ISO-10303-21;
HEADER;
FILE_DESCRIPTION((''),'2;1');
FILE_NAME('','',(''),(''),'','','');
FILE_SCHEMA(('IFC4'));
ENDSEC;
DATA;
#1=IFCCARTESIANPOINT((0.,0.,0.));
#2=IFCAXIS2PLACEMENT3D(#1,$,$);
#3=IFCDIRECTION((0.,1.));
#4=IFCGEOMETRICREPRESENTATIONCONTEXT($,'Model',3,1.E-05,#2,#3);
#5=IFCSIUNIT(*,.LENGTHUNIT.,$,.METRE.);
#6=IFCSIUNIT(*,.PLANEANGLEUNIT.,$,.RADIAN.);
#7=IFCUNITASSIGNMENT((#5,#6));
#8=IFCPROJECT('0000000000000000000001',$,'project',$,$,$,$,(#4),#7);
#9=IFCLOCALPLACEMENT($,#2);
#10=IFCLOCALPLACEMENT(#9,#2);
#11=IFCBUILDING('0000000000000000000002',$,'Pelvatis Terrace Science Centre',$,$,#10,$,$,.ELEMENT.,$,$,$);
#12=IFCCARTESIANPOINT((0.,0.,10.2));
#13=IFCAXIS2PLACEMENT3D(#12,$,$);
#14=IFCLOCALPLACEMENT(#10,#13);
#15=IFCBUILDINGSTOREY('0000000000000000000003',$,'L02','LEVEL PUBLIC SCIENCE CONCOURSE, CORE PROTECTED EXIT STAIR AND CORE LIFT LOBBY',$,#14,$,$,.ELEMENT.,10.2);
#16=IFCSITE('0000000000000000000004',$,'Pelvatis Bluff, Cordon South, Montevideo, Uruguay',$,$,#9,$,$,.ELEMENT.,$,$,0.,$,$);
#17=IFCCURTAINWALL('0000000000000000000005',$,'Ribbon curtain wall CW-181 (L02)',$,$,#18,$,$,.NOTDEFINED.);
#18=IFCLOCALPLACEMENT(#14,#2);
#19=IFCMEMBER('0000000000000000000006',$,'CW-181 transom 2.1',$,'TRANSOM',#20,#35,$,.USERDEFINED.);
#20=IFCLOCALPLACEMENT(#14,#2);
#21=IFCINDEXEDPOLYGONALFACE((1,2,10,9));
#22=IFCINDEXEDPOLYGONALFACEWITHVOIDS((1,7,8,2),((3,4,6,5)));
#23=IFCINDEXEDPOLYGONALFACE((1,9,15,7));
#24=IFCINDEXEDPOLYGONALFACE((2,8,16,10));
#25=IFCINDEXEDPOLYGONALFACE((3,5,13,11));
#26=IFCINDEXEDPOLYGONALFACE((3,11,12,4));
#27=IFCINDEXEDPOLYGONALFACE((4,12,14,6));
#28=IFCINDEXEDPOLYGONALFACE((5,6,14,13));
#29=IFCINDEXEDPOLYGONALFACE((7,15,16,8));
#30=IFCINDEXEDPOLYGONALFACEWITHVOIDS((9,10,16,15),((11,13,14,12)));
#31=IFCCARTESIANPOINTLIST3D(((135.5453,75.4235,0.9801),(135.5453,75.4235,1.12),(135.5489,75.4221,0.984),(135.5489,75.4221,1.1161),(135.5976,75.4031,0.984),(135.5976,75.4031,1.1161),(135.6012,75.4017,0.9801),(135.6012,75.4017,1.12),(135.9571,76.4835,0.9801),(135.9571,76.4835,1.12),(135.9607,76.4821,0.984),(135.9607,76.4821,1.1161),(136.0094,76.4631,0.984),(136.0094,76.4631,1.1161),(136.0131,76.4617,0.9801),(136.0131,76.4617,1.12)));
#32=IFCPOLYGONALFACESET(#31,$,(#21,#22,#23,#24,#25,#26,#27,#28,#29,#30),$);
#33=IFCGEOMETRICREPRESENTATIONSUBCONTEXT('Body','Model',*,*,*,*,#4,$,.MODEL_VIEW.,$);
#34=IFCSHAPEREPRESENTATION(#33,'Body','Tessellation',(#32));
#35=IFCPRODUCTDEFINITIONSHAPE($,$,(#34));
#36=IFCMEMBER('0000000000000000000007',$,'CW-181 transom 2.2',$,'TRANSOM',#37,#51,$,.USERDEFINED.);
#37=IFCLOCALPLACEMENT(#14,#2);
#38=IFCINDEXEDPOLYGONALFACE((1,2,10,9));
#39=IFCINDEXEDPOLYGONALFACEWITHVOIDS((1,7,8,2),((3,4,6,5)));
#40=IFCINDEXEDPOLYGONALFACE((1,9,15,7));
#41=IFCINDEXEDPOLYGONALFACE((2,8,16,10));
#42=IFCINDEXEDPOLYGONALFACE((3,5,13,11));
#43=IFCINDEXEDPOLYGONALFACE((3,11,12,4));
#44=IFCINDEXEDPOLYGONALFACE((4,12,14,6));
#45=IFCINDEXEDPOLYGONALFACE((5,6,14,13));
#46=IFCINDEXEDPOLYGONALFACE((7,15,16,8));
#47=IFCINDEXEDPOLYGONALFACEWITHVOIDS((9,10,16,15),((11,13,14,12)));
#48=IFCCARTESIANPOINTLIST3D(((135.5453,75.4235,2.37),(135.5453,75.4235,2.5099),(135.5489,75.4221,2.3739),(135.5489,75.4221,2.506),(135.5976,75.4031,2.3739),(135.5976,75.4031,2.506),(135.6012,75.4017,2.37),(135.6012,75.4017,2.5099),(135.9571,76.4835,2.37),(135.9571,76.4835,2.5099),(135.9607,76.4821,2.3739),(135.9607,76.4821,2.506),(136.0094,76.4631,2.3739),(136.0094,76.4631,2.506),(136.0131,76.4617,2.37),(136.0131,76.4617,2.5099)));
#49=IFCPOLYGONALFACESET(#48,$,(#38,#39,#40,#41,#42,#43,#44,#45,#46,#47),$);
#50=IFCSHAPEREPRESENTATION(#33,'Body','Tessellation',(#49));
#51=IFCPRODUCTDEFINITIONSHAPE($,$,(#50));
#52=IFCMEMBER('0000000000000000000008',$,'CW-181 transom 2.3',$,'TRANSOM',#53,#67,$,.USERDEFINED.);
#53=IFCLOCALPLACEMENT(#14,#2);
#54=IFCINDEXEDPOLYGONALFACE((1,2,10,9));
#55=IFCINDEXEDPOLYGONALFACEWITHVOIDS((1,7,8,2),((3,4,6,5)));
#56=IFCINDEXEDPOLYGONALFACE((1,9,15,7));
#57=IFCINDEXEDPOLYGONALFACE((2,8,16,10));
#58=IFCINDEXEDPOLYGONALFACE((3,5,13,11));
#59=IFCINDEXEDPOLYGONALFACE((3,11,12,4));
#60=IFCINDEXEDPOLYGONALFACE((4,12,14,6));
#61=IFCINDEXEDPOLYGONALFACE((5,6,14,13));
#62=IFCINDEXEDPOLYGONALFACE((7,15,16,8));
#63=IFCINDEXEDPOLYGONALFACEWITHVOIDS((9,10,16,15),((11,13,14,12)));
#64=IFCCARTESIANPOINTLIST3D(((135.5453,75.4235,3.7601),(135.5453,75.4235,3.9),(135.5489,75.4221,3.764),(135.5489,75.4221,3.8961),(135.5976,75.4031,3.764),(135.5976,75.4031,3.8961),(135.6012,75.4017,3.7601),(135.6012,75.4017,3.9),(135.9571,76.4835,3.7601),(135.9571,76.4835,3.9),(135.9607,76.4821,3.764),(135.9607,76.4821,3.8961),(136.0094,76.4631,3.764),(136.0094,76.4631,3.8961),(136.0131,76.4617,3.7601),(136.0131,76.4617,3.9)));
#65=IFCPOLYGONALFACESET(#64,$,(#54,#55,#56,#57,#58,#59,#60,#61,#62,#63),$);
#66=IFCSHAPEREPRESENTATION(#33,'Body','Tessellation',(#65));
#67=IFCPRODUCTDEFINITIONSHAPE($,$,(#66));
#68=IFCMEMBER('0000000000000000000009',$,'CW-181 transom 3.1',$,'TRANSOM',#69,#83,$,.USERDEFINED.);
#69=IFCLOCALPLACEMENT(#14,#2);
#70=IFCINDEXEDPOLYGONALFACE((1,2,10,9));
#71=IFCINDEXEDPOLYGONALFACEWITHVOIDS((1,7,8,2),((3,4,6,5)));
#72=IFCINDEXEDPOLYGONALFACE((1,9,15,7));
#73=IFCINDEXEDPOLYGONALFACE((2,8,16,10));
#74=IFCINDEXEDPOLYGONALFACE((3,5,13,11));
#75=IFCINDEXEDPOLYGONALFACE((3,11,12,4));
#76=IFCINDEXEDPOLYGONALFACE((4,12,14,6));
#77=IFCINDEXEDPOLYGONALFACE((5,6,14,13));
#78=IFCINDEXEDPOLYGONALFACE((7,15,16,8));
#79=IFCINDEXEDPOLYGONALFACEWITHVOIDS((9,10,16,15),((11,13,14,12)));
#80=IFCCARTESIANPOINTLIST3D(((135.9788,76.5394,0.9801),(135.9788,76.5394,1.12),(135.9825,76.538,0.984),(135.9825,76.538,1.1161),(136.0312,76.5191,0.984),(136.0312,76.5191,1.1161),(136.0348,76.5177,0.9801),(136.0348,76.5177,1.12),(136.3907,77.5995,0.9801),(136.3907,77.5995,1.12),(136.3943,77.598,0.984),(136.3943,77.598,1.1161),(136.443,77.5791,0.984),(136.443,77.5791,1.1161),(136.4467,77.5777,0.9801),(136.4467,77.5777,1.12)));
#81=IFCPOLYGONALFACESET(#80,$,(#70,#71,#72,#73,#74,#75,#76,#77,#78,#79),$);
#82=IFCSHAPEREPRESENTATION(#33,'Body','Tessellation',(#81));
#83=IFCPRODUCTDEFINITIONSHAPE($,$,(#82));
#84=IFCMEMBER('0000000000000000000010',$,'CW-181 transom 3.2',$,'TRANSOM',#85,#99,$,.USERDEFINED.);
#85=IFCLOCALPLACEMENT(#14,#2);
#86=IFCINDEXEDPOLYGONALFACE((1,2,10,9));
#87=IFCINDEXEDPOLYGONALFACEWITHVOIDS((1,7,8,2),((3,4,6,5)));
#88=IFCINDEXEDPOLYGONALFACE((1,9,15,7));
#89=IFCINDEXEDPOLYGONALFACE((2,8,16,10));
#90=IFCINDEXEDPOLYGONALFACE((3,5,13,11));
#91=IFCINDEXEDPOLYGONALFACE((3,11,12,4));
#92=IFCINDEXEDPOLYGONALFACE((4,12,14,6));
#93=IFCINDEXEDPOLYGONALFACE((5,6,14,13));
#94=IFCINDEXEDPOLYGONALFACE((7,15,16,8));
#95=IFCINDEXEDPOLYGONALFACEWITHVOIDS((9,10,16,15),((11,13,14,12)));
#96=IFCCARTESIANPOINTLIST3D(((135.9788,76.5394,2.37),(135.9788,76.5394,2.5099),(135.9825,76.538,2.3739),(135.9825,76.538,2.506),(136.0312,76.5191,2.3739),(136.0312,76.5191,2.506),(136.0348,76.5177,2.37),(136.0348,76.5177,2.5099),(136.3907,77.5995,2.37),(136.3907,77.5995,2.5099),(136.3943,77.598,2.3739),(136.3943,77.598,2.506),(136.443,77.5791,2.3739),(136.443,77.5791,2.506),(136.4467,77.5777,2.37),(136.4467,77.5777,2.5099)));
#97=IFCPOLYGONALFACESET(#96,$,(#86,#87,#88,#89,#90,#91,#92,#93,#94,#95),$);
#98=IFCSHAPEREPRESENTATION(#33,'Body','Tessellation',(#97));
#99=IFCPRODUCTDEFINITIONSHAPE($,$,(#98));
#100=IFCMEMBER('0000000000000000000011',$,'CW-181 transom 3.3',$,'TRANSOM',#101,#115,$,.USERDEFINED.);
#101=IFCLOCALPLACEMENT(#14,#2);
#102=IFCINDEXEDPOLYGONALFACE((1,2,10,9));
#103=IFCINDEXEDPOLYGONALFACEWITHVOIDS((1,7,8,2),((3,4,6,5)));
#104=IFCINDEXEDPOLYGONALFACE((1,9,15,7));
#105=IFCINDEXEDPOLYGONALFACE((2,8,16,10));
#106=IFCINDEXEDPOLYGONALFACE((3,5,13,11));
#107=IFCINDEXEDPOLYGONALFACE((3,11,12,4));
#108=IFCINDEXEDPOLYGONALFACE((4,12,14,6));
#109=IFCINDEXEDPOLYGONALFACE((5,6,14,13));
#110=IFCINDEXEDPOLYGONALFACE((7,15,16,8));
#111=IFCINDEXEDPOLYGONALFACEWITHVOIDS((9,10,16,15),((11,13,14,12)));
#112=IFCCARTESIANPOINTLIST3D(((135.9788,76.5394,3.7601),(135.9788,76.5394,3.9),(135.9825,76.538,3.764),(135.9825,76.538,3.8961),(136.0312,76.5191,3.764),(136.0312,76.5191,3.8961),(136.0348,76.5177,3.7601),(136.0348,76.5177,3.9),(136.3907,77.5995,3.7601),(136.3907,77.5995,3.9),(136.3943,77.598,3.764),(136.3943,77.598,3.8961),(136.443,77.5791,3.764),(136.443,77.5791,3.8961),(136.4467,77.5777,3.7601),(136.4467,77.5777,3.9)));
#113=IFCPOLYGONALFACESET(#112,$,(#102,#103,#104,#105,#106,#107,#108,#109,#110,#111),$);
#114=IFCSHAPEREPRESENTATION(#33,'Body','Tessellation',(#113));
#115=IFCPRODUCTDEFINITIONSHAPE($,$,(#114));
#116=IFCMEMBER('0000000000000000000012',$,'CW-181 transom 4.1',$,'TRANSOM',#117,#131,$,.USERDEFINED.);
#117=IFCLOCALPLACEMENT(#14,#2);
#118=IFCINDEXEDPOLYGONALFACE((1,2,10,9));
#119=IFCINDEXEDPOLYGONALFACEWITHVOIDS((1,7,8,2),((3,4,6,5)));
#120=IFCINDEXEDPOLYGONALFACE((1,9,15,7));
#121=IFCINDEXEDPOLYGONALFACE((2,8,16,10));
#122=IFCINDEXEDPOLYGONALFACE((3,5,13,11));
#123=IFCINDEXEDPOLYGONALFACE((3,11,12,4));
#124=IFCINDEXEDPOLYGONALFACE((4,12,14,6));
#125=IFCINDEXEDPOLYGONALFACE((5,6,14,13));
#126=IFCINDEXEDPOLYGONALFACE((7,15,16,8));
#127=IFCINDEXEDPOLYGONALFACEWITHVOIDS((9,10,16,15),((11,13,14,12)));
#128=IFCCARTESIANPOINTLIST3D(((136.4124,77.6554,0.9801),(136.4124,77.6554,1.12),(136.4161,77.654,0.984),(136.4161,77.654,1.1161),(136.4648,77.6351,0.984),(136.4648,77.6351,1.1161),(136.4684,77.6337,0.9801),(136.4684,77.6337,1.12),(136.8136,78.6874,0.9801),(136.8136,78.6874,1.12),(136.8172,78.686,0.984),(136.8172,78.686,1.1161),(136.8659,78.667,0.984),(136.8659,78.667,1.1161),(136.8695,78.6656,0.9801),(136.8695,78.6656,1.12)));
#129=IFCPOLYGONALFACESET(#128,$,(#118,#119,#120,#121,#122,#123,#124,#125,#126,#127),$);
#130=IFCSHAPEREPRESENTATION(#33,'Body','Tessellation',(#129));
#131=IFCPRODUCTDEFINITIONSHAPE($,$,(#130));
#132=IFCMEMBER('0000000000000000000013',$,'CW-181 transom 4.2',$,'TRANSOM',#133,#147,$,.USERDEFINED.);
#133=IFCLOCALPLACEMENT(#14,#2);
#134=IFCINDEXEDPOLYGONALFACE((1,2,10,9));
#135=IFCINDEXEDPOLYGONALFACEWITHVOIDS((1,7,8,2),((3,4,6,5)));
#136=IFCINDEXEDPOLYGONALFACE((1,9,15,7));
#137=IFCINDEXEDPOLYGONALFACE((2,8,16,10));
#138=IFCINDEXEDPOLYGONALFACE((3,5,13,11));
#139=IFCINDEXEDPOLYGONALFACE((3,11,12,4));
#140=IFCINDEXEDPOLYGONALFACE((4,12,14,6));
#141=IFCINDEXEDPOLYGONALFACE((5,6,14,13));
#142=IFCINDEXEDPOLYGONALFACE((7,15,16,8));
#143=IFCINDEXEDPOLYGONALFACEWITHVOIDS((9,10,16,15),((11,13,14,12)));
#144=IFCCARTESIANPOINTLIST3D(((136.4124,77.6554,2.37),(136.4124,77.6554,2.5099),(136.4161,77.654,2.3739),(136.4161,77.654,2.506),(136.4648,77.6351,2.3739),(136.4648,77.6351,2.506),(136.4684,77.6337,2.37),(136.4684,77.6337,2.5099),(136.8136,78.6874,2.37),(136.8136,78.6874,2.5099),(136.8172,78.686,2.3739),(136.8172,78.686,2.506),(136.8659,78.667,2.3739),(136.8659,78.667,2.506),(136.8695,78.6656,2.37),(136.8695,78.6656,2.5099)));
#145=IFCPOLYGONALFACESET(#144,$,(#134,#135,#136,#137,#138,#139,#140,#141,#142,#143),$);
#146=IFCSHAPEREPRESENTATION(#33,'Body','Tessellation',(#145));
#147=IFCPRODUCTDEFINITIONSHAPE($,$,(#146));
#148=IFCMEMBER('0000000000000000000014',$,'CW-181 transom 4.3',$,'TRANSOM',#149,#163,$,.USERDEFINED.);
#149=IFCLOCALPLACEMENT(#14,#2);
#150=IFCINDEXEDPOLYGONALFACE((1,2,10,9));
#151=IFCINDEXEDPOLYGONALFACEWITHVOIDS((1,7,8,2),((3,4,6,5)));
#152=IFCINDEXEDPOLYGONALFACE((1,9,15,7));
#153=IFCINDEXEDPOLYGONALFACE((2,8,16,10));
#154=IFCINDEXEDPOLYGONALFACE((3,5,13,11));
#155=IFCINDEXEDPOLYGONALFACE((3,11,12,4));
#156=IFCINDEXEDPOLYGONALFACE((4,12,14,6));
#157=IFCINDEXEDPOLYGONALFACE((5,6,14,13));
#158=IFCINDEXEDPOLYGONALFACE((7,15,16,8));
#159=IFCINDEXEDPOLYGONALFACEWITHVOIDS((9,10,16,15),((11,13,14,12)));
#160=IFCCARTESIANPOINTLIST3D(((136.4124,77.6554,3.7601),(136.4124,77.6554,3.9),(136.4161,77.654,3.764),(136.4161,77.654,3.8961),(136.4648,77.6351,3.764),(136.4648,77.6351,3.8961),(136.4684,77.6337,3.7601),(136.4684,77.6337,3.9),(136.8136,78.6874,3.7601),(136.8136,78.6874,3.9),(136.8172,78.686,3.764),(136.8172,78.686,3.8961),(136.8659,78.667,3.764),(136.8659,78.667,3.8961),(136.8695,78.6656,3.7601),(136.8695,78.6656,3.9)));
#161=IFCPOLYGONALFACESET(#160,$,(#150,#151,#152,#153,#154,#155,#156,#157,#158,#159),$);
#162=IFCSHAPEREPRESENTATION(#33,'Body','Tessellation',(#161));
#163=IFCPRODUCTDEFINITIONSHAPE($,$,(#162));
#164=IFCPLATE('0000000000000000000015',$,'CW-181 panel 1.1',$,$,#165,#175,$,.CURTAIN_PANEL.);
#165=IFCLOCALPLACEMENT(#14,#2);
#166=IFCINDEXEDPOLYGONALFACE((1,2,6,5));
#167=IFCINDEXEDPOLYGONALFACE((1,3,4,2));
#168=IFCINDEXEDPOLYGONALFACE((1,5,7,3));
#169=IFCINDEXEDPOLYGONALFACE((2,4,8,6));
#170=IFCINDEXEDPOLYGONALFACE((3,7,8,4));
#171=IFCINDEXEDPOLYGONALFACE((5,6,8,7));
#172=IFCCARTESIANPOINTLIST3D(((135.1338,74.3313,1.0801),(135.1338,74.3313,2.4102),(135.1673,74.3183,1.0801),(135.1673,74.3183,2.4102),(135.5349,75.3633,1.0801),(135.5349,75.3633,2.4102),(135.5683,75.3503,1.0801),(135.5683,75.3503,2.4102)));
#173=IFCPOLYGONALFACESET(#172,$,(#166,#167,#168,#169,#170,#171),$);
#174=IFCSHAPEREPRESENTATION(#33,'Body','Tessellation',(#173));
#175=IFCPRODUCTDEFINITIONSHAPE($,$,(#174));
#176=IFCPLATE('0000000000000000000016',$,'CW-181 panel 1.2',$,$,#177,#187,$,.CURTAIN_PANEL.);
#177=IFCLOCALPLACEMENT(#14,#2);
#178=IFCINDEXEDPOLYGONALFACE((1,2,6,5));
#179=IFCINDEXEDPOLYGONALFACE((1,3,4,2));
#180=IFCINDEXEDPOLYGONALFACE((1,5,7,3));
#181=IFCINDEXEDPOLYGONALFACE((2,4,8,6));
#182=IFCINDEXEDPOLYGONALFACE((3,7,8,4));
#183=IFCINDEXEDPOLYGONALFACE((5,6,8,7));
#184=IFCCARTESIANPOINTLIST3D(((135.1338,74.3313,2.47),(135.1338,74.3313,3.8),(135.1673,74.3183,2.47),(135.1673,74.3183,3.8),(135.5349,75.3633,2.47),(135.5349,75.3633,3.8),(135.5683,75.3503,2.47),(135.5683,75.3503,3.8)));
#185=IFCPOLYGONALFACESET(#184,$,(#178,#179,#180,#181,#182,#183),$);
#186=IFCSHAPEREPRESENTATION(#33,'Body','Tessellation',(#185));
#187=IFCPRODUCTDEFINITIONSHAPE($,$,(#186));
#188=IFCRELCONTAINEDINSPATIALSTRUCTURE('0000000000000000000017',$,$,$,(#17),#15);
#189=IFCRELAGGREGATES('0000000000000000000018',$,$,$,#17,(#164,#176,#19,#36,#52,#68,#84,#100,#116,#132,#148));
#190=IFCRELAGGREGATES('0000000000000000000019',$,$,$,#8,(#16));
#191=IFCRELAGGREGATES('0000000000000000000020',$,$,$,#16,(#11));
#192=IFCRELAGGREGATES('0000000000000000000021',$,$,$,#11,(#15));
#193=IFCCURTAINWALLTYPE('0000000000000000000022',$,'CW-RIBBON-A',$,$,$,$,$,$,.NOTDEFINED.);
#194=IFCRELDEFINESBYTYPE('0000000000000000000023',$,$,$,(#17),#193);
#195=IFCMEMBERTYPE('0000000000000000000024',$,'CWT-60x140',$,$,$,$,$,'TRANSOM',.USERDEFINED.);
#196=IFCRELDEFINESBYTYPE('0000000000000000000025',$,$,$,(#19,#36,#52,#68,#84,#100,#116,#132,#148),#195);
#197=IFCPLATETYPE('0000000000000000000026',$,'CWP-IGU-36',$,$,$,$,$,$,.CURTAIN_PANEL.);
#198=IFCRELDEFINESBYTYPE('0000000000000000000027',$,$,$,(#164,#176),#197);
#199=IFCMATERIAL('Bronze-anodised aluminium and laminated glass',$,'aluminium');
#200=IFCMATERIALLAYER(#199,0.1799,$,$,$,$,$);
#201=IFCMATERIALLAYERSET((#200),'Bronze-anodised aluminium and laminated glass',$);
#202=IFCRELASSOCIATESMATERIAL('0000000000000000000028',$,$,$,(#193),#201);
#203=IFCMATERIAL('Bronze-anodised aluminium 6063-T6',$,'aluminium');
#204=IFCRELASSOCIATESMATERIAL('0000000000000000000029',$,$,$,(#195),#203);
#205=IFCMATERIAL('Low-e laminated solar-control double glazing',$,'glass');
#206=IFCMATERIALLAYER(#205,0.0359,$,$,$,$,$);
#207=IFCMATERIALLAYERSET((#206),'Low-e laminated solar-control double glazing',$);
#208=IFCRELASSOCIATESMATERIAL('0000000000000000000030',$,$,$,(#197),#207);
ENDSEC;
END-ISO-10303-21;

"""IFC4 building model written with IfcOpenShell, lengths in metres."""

from ifc_helpers import new_model, si_unit, direction, frame, origin, origin_2d, place, context, subcontext, project, spatial, rectangle, hollow_rectangle, extrude, material, layer, layer_set, material_profile, profile_set, type_object, element, aggregate, save


model = new_model("IFC4")

# Units and contexts
model_context = context("Model", 3, precision=1e-05, world=origin(), true_north=direction((0.0, 1.0)))
body_context = subcontext(model_context, "Body", "Model", "MODEL_VIEW")
ifc_project = project(units=[si_unit("LENGTHUNIT", "METRE"), si_unit("PLANEANGLEUNIT", "RADIAN")], contexts=[model_context])

# Site, building, storey
site_placement = place(None, origin())
site = spatial("IfcSite", under=ifc_project, at=site_placement, Name="Pelvatis Bluff, Cordon South, Montevideo, Uruguay", CompositionType="ELEMENT", RefElevation=0.0)
building_placement = place(site_placement, origin())
building = spatial("IfcBuilding", under=site, at=building_placement, Name="Pelvatis Terrace Science Centre", CompositionType="ELEMENT")
storey_placement = place(building_placement, frame((0.0, 0.0, 10.2)))
storey = spatial("IfcBuildingStorey", under=building, at=storey_placement, Name="L02", Description="LEVEL PUBLIC SCIENCE CONCOURSE, CORE PROTECTED EXIT STAIR AND CORE LIFT LOBBY", CompositionType="ELEMENT", Elevation=10.2)

# Curtain wall, members, plates
ifc_material_1 = material(Name="Bronze-anodised aluminium and laminated glass", Category="aluminium")
ifc_layer_1 = layer(ifc_material_1, 0.1799)
ifc_layer_set_1 = layer_set([ifc_layer_1], Name="Bronze-anodised aluminium and laminated glass")
curtain_wall_type = type_object("IfcCurtainWallType", Name="CW-RIBBON-A", PredefinedType="NOTDEFINED", material=ifc_layer_set_1)
curtain_wall_placement = place(storey_placement, origin())
curtain_wall = element("IfcCurtainWall", 1, at=curtain_wall_placement, inside=storey, type_object=curtain_wall_type, Name="Ribbon curtain wall CW-181 (L02)", PredefinedType="NOTDEFINED")
ifc_material_2 = material(Name="Bronze-anodised aluminium 6063-T6", Category="aluminium")
ifc_material_profile_1 = material_profile(ifc_material_2, hollow_rectangle(XDim=0.0601, YDim=0.1399, WallThickness=0.0039, at=origin_2d()), Name="ALU-TRN 60x140")
ifc_profile_set_1 = profile_set([ifc_material_profile_1], Name="Bronze-anodised aluminium 6063-T6")
member_type_1 = type_object("IfcMemberType", Name="CWT-60x140", ElementType="TRANSOM", PredefinedType="USERDEFINED", material=ifc_profile_set_1)
member_1_placement = place(storey_placement, frame((135.5732, 75.4126, 1.05), z_axis=(0.362156, 0.932117, 0.0), x_axis=(-0.932117, 0.362156, 0.0)))
member_1 = element("IfcMember", 2, at=member_1_placement, type_object=member_type_1, Name="CW-181 transom 2.1", ObjectType="TRANSOM", PredefinedType="USERDEFINED", context=body_context, shape_type="SweptSolid", body=[
    extrude(hollow_rectangle(XDim=0.0601, YDim=0.1399, WallThickness=0.0039, at=origin_2d()), origin(), (0.0, 0.0, 1.0), 1.1372),
])
member_2_placement = place(storey_placement, frame((135.5732, 75.4126, 2.4399), z_axis=(0.362156, 0.932117, 0.0), x_axis=(-0.932117, 0.362156, 0.0)))
member_2 = element("IfcMember", 3, at=member_2_placement, type_object=member_type_1, Name="CW-181 transom 2.2", ObjectType="TRANSOM", PredefinedType="USERDEFINED", context=body_context, shape_type="SweptSolid", body=[
    extrude(hollow_rectangle(XDim=0.0601, YDim=0.1399, WallThickness=0.0039, at=origin_2d()), origin(), (0.0, 0.0, 1.0), 1.1372),
])
member_3_placement = place(storey_placement, frame((135.5732, 75.4126, 3.8301), z_axis=(0.362156, 0.932117, 0.0), x_axis=(-0.932117, 0.362156, 0.0)))
member_3 = element("IfcMember", 4, at=member_3_placement, type_object=member_type_1, Name="CW-181 transom 2.3", ObjectType="TRANSOM", PredefinedType="USERDEFINED", context=body_context, shape_type="SweptSolid", body=[
    extrude(hollow_rectangle(XDim=0.0601, YDim=0.1399, WallThickness=0.0039, at=origin_2d()), origin(), (0.0, 0.0, 1.0), 1.1372),
])
member_4_placement = place(storey_placement, frame((136.0068, 76.5286, 1.05), z_axis=(0.362156, 0.932117, 0.0), x_axis=(-0.932117, 0.362156, 0.0)))
member_4 = element("IfcMember", 5, at=member_4_placement, type_object=member_type_1, Name="CW-181 transom 3.1", ObjectType="TRANSOM", PredefinedType="USERDEFINED", context=body_context, shape_type="SweptSolid", body=[
    extrude(hollow_rectangle(XDim=0.0601, YDim=0.1399, WallThickness=0.0039, at=origin_2d()), origin(), (0.0, 0.0, 1.0), 1.1372),
])
member_5_placement = place(storey_placement, frame((136.0068, 76.5286, 2.4399), z_axis=(0.362156, 0.932117, 0.0), x_axis=(-0.932117, 0.362156, 0.0)))
member_5 = element("IfcMember", 6, at=member_5_placement, type_object=member_type_1, Name="CW-181 transom 3.2", ObjectType="TRANSOM", PredefinedType="USERDEFINED", context=body_context, shape_type="SweptSolid", body=[
    extrude(hollow_rectangle(XDim=0.0601, YDim=0.1399, WallThickness=0.0039, at=origin_2d()), origin(), (0.0, 0.0, 1.0), 1.1372),
])
member_6_placement = place(storey_placement, frame((136.0068, 76.5286, 3.8301), z_axis=(0.362156, 0.932117, 0.0), x_axis=(-0.932117, 0.362156, 0.0)))
member_6 = element("IfcMember", 7, at=member_6_placement, type_object=member_type_1, Name="CW-181 transom 3.3", ObjectType="TRANSOM", PredefinedType="USERDEFINED", context=body_context, shape_type="SweptSolid", body=[
    extrude(hollow_rectangle(XDim=0.0601, YDim=0.1399, WallThickness=0.0039, at=origin_2d()), origin(), (0.0, 0.0, 1.0), 1.1372),
])
member_7_placement = place(storey_placement, frame((136.4404, 77.6445, 1.05), z_axis=(0.362287, 0.932067, 0.0), x_axis=(-0.932067, 0.362287, 0.0)))
member_7 = element("IfcMember", 8, at=member_7_placement, type_object=member_type_1, Name="CW-181 transom 4.1", ObjectType="TRANSOM", PredefinedType="USERDEFINED", context=body_context, shape_type="SweptSolid", body=[
    extrude(hollow_rectangle(XDim=0.0601, YDim=0.1399, WallThickness=0.0039, at=origin_2d()), origin(), (0.0, 0.0, 1.0), 1.1072),
])
member_8_placement = place(storey_placement, frame((136.4404, 77.6445, 2.4399), z_axis=(0.362287, 0.932067, 0.0), x_axis=(-0.932067, 0.362287, 0.0)))
member_8 = element("IfcMember", 9, at=member_8_placement, type_object=member_type_1, Name="CW-181 transom 4.2", ObjectType="TRANSOM", PredefinedType="USERDEFINED", context=body_context, shape_type="SweptSolid", body=[
    extrude(hollow_rectangle(XDim=0.0601, YDim=0.1399, WallThickness=0.0039, at=origin_2d()), origin(), (0.0, 0.0, 1.0), 1.1072),
])
member_9_placement = place(storey_placement, frame((136.4404, 77.6445, 3.8301), z_axis=(0.362287, 0.932067, 0.0), x_axis=(-0.932067, 0.362287, 0.0)))
member_9 = element("IfcMember", 10, at=member_9_placement, type_object=member_type_1, Name="CW-181 transom 4.3", ObjectType="TRANSOM", PredefinedType="USERDEFINED", context=body_context, shape_type="SweptSolid", body=[
    extrude(hollow_rectangle(XDim=0.0601, YDim=0.1399, WallThickness=0.0039, at=origin_2d()), origin(), (0.0, 0.0, 1.0), 1.1072),
])
ifc_material_3 = material(Name="Low-e laminated solar-control double glazing", Category="glass")
ifc_layer_2 = layer(ifc_material_3, 0.0359)
ifc_layer_set_2 = layer_set([ifc_layer_2], Name="Low-e laminated solar-control double glazing")
plate_type = type_object("IfcPlateType", Name="CWP-IGU-36", PredefinedType="CURTAIN_PANEL", material=ifc_layer_set_2)
plate_1_placement = place(storey_placement, frame((135.3511, 74.8408, 1.0801), z_axis=(0.0, 0.0, 1.0), x_axis=(0.362221, 0.932092, 0.0)))
plate_1 = element("IfcPlate", 11, at=plate_1_placement, type_object=plate_type, Name="CW-181 panel 1.1", PredefinedType="CURTAIN_PANEL", context=body_context, shape_type="SweptSolid", body=[
    extrude(rectangle(XDim=1.1072, YDim=0.0359, at=origin_2d()), origin(), (0.0, 0.0, 1.0), 1.3301),
])
plate_2_placement = place(storey_placement, frame((135.3511, 74.8408, 2.47), z_axis=(0.0, 0.0, 1.0), x_axis=(0.362221, 0.932092, 0.0)))
plate_2 = element("IfcPlate", 12, at=plate_2_placement, type_object=plate_type, Name="CW-181 panel 1.2", PredefinedType="CURTAIN_PANEL", context=body_context, shape_type="SweptSolid", body=[
    extrude(rectangle(XDim=1.1072, YDim=0.0359, at=origin_2d()), origin(), (0.0, 0.0, 1.0), 1.3301),
])
aggregate(curtain_wall, [plate_1, plate_2, member_1, member_2, member_3, member_4, member_5, member_6, member_7, member_8, member_9])

save(model, "model.ifc")
